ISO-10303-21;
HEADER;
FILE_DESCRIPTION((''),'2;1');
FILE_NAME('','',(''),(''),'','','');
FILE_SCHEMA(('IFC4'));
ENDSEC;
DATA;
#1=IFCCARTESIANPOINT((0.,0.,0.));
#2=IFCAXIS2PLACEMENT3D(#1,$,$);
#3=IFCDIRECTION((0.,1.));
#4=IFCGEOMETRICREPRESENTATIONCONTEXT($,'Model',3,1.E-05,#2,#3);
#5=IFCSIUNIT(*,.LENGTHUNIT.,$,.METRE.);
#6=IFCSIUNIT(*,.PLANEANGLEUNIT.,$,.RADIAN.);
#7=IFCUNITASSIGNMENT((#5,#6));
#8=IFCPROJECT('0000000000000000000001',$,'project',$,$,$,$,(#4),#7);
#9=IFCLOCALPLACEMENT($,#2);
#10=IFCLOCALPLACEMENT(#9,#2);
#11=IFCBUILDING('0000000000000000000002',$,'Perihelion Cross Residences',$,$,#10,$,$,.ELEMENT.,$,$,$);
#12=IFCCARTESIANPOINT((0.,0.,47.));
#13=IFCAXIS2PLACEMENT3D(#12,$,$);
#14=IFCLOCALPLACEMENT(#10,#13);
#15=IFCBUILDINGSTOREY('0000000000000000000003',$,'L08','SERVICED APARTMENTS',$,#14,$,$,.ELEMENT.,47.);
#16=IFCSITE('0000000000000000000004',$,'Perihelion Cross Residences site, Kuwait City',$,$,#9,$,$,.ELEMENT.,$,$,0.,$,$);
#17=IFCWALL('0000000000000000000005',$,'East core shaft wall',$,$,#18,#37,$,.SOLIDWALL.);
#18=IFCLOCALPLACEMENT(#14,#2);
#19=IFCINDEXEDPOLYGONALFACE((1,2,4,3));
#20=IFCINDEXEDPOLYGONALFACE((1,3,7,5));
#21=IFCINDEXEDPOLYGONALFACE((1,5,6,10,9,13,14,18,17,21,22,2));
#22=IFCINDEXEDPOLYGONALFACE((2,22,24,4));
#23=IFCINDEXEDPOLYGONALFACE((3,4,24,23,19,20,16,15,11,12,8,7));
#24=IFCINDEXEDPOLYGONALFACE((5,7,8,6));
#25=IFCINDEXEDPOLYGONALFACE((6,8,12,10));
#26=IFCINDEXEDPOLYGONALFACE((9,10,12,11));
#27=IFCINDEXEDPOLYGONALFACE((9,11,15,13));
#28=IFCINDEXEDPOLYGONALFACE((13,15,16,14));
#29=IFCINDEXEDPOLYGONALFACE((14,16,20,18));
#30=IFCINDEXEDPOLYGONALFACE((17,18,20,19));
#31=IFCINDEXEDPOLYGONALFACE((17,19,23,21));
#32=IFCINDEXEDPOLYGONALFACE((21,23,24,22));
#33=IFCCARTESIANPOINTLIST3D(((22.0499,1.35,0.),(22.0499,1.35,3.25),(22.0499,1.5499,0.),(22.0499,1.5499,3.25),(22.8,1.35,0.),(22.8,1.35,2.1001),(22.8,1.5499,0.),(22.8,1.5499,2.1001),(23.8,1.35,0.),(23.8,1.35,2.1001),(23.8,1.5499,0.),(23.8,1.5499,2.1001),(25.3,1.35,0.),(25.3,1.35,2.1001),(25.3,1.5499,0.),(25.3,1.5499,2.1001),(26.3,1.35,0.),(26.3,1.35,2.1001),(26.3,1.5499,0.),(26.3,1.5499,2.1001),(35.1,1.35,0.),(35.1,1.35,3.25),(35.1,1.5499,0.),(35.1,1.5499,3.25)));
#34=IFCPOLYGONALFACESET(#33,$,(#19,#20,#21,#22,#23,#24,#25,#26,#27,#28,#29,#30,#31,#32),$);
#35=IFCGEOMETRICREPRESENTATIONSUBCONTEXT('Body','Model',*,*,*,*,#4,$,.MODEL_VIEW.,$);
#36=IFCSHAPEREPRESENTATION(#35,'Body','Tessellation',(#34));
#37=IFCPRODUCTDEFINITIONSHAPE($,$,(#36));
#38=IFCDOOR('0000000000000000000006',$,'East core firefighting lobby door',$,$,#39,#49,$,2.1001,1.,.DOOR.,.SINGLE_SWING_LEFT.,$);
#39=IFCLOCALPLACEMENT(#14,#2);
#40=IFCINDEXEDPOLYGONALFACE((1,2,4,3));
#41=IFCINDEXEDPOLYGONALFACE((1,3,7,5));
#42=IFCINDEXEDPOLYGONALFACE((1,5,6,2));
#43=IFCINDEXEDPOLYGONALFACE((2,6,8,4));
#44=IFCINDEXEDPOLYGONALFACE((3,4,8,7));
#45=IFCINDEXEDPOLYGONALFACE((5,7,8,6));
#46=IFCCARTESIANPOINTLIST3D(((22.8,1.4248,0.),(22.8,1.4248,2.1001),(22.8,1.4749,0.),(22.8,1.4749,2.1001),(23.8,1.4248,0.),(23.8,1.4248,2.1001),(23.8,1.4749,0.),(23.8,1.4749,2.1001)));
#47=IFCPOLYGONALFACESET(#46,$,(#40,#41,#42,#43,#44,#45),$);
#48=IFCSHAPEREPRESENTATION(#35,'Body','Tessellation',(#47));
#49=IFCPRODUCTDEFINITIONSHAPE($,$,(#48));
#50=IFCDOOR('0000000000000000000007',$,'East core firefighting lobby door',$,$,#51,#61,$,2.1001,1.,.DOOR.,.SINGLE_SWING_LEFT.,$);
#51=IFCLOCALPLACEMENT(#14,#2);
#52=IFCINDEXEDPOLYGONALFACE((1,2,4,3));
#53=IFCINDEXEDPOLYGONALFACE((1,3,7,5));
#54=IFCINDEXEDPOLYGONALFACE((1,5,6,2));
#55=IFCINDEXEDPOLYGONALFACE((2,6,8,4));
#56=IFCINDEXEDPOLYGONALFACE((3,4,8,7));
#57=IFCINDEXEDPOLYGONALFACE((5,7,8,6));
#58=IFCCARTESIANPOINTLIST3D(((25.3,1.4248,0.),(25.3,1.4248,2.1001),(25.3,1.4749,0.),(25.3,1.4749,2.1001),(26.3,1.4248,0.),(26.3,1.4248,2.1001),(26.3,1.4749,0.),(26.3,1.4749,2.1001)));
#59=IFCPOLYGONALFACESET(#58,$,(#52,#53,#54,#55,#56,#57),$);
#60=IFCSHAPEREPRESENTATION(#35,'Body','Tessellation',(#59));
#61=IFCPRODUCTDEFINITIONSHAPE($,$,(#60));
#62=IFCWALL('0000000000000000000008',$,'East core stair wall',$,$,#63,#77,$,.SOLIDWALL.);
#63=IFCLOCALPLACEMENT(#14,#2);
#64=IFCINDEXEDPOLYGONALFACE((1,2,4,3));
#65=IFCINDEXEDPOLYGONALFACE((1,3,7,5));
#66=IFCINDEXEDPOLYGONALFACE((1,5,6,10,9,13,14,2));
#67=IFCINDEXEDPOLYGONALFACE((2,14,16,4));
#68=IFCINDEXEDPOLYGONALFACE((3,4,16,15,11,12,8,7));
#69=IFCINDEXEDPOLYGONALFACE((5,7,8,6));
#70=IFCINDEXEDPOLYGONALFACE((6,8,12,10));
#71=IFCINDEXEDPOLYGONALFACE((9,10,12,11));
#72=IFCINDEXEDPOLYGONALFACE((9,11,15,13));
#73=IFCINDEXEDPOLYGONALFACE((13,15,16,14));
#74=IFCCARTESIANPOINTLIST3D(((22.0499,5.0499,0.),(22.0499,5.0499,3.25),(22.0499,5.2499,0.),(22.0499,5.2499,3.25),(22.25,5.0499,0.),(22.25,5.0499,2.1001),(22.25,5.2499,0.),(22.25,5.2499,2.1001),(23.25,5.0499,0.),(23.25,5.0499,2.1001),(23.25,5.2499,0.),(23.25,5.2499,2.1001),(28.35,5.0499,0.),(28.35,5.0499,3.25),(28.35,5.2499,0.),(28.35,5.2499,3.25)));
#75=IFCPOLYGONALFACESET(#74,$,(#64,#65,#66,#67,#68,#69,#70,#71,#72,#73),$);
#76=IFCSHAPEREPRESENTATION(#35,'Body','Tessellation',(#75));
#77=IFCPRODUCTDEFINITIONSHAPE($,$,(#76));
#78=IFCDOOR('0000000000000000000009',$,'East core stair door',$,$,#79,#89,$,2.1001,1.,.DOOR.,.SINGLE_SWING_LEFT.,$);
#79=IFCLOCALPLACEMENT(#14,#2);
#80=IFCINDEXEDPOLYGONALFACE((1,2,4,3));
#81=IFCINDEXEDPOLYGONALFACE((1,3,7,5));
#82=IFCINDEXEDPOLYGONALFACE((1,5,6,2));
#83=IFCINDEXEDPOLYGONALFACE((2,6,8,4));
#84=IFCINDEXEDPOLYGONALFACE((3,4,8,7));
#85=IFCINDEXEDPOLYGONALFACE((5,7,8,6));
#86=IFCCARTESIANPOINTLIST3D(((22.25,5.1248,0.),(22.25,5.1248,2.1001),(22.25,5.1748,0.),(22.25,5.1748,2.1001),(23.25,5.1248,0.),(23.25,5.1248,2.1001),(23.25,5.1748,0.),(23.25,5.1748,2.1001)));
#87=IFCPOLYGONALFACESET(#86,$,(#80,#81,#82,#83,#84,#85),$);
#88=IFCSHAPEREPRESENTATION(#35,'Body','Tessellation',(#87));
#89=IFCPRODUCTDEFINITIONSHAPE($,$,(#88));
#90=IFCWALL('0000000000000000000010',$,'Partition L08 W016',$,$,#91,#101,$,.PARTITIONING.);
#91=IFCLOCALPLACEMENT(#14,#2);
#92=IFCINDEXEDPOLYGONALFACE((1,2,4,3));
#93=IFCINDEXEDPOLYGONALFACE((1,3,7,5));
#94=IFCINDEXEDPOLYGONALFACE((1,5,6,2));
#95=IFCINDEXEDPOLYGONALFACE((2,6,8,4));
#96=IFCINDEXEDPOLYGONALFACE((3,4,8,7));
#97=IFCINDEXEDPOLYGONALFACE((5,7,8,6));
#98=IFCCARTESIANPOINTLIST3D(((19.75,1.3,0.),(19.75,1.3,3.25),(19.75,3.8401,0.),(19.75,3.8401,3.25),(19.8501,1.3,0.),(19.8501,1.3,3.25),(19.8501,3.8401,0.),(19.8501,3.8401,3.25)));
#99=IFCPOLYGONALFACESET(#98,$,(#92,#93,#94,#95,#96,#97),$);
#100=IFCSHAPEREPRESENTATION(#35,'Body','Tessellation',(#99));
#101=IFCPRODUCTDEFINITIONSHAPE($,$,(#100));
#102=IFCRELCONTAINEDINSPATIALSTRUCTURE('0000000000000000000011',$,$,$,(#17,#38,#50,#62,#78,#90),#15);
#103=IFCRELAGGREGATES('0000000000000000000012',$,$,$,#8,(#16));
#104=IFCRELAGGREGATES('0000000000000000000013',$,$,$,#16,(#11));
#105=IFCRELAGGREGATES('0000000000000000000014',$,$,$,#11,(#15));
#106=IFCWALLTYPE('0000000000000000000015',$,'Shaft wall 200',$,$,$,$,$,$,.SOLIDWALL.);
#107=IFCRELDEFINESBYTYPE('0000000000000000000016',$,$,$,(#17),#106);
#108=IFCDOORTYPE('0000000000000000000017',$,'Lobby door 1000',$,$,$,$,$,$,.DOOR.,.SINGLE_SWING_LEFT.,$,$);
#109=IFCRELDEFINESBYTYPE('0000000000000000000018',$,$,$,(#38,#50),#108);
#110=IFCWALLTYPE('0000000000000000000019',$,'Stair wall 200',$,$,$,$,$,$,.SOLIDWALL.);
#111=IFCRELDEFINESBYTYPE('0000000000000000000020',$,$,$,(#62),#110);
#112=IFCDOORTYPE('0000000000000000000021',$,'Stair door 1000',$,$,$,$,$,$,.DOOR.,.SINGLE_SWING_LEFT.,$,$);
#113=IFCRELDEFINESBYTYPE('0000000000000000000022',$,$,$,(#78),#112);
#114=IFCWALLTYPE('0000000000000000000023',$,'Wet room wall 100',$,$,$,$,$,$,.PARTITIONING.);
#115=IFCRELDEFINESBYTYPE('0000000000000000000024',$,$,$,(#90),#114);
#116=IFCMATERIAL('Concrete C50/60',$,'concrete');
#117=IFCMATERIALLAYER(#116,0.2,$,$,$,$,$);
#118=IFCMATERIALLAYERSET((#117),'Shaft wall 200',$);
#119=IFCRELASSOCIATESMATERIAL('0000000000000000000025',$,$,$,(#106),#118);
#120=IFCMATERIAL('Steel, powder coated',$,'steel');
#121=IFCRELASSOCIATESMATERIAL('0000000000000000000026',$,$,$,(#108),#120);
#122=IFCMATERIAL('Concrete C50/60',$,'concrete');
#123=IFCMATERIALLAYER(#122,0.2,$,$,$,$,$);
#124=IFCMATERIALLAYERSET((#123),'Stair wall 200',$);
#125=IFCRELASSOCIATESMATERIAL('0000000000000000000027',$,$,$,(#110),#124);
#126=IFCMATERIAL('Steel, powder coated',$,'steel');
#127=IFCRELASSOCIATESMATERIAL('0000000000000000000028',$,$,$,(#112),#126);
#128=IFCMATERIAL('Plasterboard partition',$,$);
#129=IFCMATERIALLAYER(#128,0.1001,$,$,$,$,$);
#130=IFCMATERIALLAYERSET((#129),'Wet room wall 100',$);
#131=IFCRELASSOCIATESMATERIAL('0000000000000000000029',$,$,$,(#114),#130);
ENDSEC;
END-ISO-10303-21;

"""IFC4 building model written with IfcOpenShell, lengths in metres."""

from ifc_helpers import new_model, si_unit, direction, frame, frame_2d, origin, place, context, subcontext, project, spatial, rectangle, extrude, material, layer, layer_set, type_object, element, fill, save


model = new_model("IFC4")

# Units and contexts
model_context = context("Model", 3, precision=1e-05, world=origin(), true_north=direction((0.0, 1.0)))
body_context = subcontext(model_context, "Body", "Model", "MODEL_VIEW")
ifc_project = project(units=[si_unit("LENGTHUNIT", "METRE"), si_unit("PLANEANGLEUNIT", "RADIAN")], contexts=[model_context])

# Site, building, storey
site_placement = place(None, origin())
site = spatial("IfcSite", under=ifc_project, at=site_placement, Name="Perihelion Cross Residences site, Kuwait City", CompositionType="ELEMENT", RefElevation=0.0)
building_placement = place(site_placement, origin())
building = spatial("IfcBuilding", under=site, at=building_placement, Name="Perihelion Cross Residences", CompositionType="ELEMENT")
storey_placement = place(building_placement, frame((0.0, 0.0, 47.0)))
storey = spatial("IfcBuildingStorey", under=building, at=storey_placement, Name="L08", Description="SERVICED APARTMENTS", CompositionType="ELEMENT", Elevation=47.0)

# Wall, openings, doors
ifc_material_1 = material(Name="Concrete C50/60", Category="concrete")
ifc_layer_1 = layer(ifc_material_1, 0.2)
ifc_layer_set_1 = layer_set([ifc_layer_1], Name="Shaft wall 200")
wall_type_1 = type_object("IfcWallType", Name="Shaft wall 200", PredefinedType="SOLIDWALL", material=ifc_layer_set_1)
wall_1_placement = place(storey_placement, frame((22.05, 1.45, 0.0), z_axis=(0.0, 0.0, 1.0), x_axis=(1.0, 0.0, 0.0)))
wall_1 = element("IfcWall", 1, at=wall_1_placement, inside=storey, type_object=wall_type_1, Name="East core shaft wall", PredefinedType="SOLIDWALL", context=body_context, shape_type="SweptSolid", body=[
    extrude(rectangle(XDim=13.05, YDim=0.2, at=frame_2d((6.5249, 0.0))), origin(), (0.0, 0.0, 1.0), 3.25),
])
opening_1_placement = place(wall_1_placement, frame((0.75, 0.0, 0.0)))
opening_1 = element("IfcOpeningElement", 2, at=opening_1_placement, cuts=wall_1, PredefinedType="OPENING", context=body_context, shape_type="SweptSolid", body=[
    extrude(rectangle(XDim=1.0, YDim=2.1001, at=frame_2d((0.5, 1.05))), frame((0.0, 0.1099, 0.0), z_axis=(0.0, -1.0, 0.0), x_axis=(1.0, 0.0, 0.0)), (0.0, 0.0, 1.0), 0.22),
])
opening_2_placement = place(wall_1_placement, frame((3.25, 0.0, 0.0)))
opening_2 = element("IfcOpeningElement", 3, at=opening_2_placement, cuts=wall_1, PredefinedType="OPENING", context=body_context, shape_type="SweptSolid", body=[
    extrude(rectangle(XDim=1.0, YDim=2.1001, at=frame_2d((0.5, 1.05))), frame((0.0, 0.1099, 0.0), z_axis=(0.0, -1.0, 0.0), x_axis=(1.0, 0.0, 0.0)), (0.0, 0.0, 1.0), 0.22),
])
ifc_material_2 = material(Name="Steel, powder coated", Category="steel")
door_type_1 = type_object("IfcDoorType", Name="Lobby door 1000", OperationType="SINGLE_SWING_LEFT", PredefinedType="DOOR", material=ifc_material_2)
door_1_placement = place(opening_1_placement, origin())
door_1 = element("IfcDoor", 4, at=door_1_placement, inside=storey, type_object=door_type_1, Name="East core firefighting lobby door", OperationType="SINGLE_SWING_LEFT", OverallHeight=2.1001, OverallWidth=1.0, PredefinedType="DOOR", context=body_context, shape_type="SweptSolid", body=[
    extrude(rectangle(XDim=1.0, YDim=2.1001, at=frame_2d((0.5, 1.05))), frame((0.0, 0.0249, 0.0), z_axis=(0.0, -1.0, 0.0), x_axis=(1.0, 0.0, 0.0)), (0.0, 0.0, 1.0), 0.05),
])
fill(opening_1, door_1)
door_2_placement = place(opening_2_placement, origin())
door_2 = element("IfcDoor", 5, at=door_2_placement, inside=storey, type_object=door_type_1, Name="East core firefighting lobby door", OperationType="SINGLE_SWING_LEFT", OverallHeight=2.1001, OverallWidth=1.0, PredefinedType="DOOR", context=body_context, shape_type="SweptSolid", body=[
    extrude(rectangle(XDim=1.0, YDim=2.1001, at=frame_2d((0.5, 1.05))), frame((0.0, 0.0249, 0.0), z_axis=(0.0, -1.0, 0.0), x_axis=(1.0, 0.0, 0.0)), (0.0, 0.0, 1.0), 0.05),
])
fill(opening_2, door_2)

# Wall, opening, door
ifc_material_3 = material(Name="Concrete C50/60", Category="concrete")
ifc_layer_2 = layer(ifc_material_3, 0.2)
ifc_layer_set_2 = layer_set([ifc_layer_2], Name="Stair wall 200")
wall_type_2 = type_object("IfcWallType", Name="Stair wall 200", PredefinedType="SOLIDWALL", material=ifc_layer_set_2)
wall_2_placement = place(storey_placement, frame((22.05, 5.1499, 0.0), z_axis=(0.0, 0.0, 1.0), x_axis=(1.0, 0.0, 0.0)))
wall_2 = element("IfcWall", 6, at=wall_2_placement, inside=storey, type_object=wall_type_2, Name="East core stair wall", PredefinedType="SOLIDWALL", context=body_context, shape_type="SweptSolid", body=[
    extrude(rectangle(XDim=6.3, YDim=0.2, at=frame_2d((3.1499, 0.0))), origin(), (0.0, 0.0, 1.0), 3.25),
])
opening_3_placement = place(wall_2_placement, frame((0.2, 0.0, 0.0)))
opening_3 = element("IfcOpeningElement", 7, at=opening_3_placement, cuts=wall_2, PredefinedType="OPENING", context=body_context, shape_type="SweptSolid", body=[
    extrude(rectangle(XDim=1.0, YDim=2.1001, at=frame_2d((0.5, 1.05))), frame((0.0, 0.1099, 0.0), z_axis=(0.0, -1.0, 0.0), x_axis=(1.0, 0.0, 0.0)), (0.0, 0.0, 1.0), 0.22),
])
ifc_material_4 = material(Name="Steel, powder coated", Category="steel")
door_type_2 = type_object("IfcDoorType", Name="Stair door 1000", OperationType="SINGLE_SWING_LEFT", PredefinedType="DOOR", material=ifc_material_4)
door_3_placement = place(opening_3_placement, origin())
door_3 = element("IfcDoor", 8, at=door_3_placement, inside=storey, type_object=door_type_2, Name="East core stair door", OperationType="SINGLE_SWING_LEFT", OverallHeight=2.1001, OverallWidth=1.0, PredefinedType="DOOR", context=body_context, shape_type="SweptSolid", body=[
    extrude(rectangle(XDim=1.0, YDim=2.1001, at=frame_2d((0.5, 1.05))), frame((0.0, 0.0249, 0.0), z_axis=(0.0, -1.0, 0.0), x_axis=(1.0, 0.0, 0.0)), (0.0, 0.0, 1.0), 0.05),
])
fill(opening_3, door_3)

# Wall
ifc_material_5 = material(Name="Plasterboard partition")
ifc_layer_3 = layer(ifc_material_5, 0.1001)
ifc_layer_set_3 = layer_set([ifc_layer_3], Name="Wet room wall 100")
wall_type_3 = type_object("IfcWallType", Name="Wet room wall 100", PredefinedType="PARTITIONING", material=ifc_layer_set_3)
wall_3_placement = place(storey_placement, frame((19.8, 3.8401, 0.0), z_axis=(0.0, 0.0, 1.0), x_axis=(0.0, -1.0, 0.0)))
element("IfcWall", 9, at=wall_3_placement, inside=storey, type_object=wall_type_3, Name="Partition L08 W016", PredefinedType="PARTITIONING", context=body_context, shape_type="SweptSolid", body=[
    extrude(rectangle(XDim=2.54, YDim=0.1001, at=frame_2d((1.27, 0.0))), origin(), (0.0, 0.0, 1.0), 3.25),
])

save(model, "model.ifc")
